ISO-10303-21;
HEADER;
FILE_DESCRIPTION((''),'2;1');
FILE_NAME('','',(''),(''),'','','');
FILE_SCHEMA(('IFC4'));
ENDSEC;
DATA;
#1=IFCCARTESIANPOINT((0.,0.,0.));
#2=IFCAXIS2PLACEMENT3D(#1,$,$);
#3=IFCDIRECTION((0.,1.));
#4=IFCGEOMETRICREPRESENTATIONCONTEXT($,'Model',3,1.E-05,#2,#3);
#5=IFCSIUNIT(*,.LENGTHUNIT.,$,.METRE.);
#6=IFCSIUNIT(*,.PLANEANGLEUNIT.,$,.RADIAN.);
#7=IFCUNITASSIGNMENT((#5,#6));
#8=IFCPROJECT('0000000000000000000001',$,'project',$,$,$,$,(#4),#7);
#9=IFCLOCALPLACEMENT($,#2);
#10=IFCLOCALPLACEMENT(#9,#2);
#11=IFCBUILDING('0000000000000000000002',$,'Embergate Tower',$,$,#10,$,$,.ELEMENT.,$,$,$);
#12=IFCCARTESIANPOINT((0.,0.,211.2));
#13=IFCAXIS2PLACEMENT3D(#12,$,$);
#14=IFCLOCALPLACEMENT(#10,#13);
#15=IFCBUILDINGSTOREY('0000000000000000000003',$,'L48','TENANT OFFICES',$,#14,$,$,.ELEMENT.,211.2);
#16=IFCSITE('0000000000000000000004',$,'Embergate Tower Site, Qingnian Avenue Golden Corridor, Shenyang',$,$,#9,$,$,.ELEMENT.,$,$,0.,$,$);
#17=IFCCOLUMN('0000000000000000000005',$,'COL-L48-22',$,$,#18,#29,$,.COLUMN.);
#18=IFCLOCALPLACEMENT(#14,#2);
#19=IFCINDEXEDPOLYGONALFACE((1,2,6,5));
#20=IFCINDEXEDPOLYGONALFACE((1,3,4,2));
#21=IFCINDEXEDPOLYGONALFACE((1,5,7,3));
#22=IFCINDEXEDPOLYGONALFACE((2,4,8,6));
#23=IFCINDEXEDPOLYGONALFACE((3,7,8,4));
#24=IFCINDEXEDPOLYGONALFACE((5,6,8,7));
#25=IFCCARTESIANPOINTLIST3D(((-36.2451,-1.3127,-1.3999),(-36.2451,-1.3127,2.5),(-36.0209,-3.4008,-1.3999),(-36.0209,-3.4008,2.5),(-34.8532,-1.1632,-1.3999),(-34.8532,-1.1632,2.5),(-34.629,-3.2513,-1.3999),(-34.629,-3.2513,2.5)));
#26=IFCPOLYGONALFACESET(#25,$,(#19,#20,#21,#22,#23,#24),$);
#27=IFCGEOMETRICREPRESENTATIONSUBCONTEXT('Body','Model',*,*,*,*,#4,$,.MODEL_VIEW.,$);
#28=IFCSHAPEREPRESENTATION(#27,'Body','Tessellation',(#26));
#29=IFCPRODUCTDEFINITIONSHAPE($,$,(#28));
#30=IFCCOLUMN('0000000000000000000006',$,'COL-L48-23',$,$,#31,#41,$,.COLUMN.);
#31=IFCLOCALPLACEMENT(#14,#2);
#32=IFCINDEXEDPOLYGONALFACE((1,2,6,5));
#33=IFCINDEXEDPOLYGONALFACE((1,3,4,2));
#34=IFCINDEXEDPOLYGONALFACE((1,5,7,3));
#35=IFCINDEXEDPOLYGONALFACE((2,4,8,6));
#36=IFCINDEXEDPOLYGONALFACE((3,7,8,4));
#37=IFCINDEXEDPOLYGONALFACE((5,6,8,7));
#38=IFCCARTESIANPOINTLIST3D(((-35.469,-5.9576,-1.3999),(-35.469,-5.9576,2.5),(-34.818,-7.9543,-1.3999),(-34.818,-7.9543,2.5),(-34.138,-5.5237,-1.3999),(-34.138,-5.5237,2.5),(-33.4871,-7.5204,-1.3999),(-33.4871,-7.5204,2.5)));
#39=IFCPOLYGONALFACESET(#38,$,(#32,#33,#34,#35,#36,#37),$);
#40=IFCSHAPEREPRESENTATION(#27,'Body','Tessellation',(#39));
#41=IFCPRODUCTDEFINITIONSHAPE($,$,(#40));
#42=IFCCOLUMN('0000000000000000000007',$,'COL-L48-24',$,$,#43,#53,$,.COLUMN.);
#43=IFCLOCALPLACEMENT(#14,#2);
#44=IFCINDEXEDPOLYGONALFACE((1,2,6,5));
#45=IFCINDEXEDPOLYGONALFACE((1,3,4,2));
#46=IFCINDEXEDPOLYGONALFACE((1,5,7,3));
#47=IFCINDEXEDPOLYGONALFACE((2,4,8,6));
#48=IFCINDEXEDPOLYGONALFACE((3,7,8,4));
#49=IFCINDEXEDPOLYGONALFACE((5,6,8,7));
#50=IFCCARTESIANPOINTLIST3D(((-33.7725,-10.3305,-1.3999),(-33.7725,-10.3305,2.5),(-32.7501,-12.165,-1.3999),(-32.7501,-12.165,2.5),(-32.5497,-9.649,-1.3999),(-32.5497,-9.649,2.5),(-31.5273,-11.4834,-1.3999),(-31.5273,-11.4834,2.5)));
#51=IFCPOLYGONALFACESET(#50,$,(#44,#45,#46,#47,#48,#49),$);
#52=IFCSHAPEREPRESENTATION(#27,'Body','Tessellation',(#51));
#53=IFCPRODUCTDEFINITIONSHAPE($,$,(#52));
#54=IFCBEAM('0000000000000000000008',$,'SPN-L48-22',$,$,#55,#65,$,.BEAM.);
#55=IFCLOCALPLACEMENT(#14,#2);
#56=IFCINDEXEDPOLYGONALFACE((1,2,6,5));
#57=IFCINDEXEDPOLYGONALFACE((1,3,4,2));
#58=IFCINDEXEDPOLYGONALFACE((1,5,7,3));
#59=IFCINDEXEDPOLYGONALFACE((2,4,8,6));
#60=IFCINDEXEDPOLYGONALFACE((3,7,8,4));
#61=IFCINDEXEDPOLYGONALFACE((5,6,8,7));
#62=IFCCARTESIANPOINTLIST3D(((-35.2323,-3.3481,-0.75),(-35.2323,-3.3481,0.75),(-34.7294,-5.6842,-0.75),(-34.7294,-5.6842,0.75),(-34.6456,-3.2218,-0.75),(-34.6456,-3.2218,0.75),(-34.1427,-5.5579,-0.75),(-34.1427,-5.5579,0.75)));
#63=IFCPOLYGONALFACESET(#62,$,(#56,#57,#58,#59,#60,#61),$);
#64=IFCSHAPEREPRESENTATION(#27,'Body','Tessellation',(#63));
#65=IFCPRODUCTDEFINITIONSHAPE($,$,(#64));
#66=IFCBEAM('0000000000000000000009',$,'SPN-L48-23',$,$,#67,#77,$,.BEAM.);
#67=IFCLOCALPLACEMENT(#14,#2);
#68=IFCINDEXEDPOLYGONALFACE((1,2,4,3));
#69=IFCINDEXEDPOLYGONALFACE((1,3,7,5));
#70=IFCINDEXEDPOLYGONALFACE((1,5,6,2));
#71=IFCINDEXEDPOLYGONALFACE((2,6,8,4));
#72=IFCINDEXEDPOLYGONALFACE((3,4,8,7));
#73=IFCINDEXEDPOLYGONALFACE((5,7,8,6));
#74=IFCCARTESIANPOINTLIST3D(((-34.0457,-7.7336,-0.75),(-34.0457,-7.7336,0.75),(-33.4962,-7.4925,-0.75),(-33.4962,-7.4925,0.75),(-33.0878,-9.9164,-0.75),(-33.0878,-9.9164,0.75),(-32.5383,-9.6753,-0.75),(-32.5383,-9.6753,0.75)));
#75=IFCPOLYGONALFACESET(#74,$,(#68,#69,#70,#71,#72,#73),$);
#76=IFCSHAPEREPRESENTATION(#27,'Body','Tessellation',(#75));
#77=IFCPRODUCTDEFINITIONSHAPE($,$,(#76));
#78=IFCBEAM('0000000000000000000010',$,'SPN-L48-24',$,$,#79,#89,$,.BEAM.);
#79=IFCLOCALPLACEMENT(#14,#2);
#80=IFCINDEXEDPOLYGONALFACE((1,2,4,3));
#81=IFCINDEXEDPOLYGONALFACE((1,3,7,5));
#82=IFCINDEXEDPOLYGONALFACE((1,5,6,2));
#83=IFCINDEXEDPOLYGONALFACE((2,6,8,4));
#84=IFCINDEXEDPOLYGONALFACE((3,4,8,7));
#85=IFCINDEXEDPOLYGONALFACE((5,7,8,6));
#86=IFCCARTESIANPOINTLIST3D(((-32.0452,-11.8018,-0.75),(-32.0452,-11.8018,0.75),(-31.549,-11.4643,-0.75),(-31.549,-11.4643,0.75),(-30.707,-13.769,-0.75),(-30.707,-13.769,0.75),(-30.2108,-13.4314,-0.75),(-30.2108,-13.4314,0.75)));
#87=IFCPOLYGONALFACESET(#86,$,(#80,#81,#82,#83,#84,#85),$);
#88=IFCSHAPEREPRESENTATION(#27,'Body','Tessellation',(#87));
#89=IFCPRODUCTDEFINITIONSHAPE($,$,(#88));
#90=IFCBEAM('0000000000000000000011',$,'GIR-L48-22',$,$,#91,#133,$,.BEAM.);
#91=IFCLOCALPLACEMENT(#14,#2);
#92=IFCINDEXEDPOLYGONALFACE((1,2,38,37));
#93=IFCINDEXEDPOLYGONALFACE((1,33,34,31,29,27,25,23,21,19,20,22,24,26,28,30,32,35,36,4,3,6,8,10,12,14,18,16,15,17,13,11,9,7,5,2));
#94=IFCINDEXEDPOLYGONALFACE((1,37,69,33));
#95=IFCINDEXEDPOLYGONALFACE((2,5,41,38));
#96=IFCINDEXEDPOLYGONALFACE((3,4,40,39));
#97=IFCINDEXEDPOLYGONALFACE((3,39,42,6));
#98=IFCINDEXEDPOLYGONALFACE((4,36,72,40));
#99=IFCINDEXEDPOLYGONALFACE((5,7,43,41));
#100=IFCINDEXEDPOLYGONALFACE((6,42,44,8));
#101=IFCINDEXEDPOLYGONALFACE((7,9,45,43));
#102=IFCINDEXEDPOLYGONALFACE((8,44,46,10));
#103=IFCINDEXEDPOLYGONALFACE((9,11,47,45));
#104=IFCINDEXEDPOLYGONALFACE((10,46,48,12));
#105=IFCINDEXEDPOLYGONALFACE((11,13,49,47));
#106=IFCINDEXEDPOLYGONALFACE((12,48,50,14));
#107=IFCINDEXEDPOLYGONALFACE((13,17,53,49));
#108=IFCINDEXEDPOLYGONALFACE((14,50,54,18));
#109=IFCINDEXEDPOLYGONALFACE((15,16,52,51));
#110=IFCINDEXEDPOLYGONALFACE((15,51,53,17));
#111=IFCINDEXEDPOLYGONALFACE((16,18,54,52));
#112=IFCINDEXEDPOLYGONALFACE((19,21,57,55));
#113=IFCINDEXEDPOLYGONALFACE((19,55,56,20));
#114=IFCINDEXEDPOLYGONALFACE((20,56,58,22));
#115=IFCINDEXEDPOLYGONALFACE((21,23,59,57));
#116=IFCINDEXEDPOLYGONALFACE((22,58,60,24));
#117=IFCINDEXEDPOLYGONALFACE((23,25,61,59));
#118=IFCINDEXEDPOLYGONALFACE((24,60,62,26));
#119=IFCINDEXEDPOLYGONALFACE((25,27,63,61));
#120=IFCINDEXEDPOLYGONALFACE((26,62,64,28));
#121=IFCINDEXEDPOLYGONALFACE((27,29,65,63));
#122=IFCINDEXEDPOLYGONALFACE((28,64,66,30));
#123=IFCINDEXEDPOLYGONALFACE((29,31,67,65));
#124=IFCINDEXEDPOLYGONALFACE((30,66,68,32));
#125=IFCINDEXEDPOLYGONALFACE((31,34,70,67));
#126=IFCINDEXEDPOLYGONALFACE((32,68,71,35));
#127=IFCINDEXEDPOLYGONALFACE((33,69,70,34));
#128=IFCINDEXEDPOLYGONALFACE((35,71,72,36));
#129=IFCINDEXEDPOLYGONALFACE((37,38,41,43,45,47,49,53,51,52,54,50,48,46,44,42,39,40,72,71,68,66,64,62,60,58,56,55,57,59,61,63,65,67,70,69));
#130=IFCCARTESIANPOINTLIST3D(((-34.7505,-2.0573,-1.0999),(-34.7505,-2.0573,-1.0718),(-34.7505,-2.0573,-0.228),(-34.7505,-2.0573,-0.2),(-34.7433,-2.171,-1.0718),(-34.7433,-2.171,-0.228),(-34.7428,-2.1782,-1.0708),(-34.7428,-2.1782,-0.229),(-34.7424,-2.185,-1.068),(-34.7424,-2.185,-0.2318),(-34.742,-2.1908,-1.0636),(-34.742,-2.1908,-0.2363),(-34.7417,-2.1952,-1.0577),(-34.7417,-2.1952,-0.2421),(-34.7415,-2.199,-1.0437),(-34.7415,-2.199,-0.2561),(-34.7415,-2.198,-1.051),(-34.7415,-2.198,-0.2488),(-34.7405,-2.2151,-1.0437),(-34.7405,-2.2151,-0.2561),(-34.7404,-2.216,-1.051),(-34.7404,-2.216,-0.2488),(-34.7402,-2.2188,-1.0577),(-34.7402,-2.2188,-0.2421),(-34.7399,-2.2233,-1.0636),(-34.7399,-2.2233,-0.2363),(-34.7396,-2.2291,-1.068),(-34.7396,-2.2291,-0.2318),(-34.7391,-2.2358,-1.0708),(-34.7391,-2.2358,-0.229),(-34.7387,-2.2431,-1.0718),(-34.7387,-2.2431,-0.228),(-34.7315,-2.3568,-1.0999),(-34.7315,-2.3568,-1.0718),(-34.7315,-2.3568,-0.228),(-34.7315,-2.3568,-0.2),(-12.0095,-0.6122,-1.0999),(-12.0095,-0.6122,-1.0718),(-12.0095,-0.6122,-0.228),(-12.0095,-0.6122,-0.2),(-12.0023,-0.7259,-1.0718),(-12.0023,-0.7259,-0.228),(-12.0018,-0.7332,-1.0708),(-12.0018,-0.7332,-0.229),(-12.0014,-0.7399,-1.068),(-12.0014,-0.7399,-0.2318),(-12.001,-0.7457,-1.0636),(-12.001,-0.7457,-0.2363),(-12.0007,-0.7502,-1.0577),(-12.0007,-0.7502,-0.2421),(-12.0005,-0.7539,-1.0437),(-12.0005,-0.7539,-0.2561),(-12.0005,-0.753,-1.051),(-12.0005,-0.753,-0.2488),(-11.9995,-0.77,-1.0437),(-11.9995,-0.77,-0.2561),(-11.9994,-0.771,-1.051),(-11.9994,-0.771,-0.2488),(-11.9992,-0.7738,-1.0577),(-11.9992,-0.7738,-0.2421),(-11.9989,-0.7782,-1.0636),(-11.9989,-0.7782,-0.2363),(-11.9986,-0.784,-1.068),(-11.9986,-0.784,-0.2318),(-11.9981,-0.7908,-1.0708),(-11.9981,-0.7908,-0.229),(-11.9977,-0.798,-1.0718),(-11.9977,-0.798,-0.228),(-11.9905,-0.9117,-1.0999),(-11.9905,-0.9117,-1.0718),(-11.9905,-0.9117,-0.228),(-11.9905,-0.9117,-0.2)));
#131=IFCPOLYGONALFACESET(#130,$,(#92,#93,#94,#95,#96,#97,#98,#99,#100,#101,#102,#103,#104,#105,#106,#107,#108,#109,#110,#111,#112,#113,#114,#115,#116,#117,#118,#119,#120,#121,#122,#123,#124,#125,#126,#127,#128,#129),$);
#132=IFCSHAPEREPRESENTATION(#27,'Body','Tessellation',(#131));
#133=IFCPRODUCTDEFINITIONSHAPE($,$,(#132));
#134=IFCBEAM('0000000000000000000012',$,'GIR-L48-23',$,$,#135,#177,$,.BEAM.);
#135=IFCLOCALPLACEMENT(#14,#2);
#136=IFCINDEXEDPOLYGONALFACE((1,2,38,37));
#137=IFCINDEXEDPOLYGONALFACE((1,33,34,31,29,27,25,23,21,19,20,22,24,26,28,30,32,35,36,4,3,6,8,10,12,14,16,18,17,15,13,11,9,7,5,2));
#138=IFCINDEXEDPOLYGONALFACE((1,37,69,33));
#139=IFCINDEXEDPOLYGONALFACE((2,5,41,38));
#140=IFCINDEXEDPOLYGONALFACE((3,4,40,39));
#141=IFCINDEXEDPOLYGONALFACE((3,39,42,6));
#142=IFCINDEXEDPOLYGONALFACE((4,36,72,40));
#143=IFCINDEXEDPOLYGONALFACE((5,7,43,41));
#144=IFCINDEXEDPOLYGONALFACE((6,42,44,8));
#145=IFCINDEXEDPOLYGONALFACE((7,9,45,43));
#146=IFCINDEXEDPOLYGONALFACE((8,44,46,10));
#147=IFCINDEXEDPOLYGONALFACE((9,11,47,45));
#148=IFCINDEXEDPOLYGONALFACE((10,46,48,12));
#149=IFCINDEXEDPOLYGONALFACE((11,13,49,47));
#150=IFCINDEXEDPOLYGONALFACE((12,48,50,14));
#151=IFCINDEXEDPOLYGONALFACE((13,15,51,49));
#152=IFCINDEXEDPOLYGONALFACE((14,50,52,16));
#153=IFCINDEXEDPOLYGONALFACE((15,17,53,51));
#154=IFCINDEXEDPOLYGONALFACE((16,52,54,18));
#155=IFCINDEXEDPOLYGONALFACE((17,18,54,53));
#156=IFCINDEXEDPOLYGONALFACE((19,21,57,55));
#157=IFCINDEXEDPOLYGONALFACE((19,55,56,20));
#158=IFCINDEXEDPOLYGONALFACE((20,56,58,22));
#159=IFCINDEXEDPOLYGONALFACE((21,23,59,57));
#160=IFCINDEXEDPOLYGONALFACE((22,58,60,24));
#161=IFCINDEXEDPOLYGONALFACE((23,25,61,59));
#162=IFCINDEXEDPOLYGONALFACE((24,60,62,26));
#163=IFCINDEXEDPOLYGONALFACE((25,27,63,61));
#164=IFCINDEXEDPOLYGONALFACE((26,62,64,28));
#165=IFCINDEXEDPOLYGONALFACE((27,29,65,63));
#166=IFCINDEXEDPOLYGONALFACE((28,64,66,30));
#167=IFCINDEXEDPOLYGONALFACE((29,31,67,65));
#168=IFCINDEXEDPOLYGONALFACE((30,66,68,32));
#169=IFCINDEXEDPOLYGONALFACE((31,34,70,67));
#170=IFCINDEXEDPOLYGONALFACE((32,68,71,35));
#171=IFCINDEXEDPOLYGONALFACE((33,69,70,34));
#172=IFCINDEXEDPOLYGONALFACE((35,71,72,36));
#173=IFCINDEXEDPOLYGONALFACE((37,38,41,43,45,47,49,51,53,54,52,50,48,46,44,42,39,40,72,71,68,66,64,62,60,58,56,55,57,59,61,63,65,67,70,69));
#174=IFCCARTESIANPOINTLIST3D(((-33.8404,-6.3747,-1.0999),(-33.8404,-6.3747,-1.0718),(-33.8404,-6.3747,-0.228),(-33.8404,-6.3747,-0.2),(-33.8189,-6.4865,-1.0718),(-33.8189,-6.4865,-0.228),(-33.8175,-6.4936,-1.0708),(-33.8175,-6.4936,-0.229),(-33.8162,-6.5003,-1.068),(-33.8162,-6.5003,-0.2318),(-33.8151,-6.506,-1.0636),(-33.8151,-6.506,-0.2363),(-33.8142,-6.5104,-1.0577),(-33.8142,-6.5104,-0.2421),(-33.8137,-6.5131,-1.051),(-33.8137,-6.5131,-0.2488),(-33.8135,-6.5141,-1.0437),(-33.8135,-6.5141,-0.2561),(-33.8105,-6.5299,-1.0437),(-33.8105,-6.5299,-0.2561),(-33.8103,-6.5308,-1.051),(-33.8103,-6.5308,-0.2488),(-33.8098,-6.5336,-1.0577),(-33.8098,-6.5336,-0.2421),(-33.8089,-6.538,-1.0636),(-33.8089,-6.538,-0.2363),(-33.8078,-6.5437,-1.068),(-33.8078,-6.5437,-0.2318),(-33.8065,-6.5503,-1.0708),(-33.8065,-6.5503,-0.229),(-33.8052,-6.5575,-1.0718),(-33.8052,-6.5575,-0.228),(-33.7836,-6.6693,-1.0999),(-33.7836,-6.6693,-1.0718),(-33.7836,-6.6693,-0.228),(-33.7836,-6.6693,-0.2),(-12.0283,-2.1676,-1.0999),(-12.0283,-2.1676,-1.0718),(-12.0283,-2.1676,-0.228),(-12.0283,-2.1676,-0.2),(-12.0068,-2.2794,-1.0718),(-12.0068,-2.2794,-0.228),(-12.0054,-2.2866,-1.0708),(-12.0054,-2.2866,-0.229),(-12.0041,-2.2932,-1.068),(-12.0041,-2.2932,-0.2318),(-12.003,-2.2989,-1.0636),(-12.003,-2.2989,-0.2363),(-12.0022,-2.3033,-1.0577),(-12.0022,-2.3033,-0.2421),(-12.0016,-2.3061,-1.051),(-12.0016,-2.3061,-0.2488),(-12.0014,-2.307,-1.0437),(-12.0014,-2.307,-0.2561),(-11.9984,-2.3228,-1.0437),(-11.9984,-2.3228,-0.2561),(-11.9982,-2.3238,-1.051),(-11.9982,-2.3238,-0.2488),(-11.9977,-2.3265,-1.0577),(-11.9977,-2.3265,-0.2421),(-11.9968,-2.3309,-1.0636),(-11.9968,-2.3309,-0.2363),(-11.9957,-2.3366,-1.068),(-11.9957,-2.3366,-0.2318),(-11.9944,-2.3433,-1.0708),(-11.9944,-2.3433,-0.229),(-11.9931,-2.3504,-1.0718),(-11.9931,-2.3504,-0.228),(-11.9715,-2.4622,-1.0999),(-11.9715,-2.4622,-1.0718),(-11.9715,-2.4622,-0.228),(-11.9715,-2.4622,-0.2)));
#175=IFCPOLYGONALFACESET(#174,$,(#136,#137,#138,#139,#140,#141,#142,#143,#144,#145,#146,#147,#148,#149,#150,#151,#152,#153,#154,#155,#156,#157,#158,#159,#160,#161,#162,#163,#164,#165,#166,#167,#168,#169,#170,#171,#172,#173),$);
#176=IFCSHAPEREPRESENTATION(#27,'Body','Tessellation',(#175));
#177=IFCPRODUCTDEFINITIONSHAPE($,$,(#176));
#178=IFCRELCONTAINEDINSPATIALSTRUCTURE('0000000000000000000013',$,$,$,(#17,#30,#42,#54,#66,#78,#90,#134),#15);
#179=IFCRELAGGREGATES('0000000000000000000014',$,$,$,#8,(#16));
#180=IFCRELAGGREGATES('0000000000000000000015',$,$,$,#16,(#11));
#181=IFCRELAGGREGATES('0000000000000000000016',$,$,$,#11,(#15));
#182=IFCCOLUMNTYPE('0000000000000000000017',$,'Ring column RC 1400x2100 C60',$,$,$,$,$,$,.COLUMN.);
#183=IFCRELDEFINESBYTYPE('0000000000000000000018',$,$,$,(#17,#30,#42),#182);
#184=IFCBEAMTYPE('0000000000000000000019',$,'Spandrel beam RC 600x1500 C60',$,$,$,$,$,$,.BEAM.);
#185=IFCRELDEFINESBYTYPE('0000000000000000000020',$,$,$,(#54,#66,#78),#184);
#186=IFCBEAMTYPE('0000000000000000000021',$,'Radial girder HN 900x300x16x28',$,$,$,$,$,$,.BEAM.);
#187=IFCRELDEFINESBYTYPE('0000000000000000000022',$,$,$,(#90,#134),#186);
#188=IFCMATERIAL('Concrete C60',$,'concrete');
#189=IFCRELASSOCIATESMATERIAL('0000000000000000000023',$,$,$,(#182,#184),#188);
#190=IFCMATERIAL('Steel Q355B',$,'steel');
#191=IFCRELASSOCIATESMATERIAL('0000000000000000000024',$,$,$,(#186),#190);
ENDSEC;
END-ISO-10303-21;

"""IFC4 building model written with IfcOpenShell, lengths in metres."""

from ifc_helpers import new_model, si_unit, direction, frame, origin, origin_2d, place, context, subcontext, project, spatial, rectangle, i_section, extrude, source, transform, mapped, material, material_profile, profile_set, type_object, element, save


model = new_model("IFC4")

# Units and contexts
model_context = context("Model", 3, precision=1e-05, world=origin(), true_north=direction((0.0, 1.0)))
body_context = subcontext(model_context, "Body", "Model", "MODEL_VIEW")
ifc_project = project(units=[si_unit("LENGTHUNIT", "METRE"), si_unit("PLANEANGLEUNIT", "RADIAN")], contexts=[model_context])

# Site, building, storey
site_placement = place(None, origin())
site = spatial("IfcSite", under=ifc_project, at=site_placement, Name="Embergate Tower Site, Qingnian Avenue Golden Corridor, Shenyang", CompositionType="ELEMENT", RefElevation=0.0)
building_placement = place(site_placement, origin())
building = spatial("IfcBuilding", under=site, at=building_placement, Name="Embergate Tower", CompositionType="ELEMENT")
storey_placement = place(building_placement, frame((0.0, 0.0, 211.2)))
storey = spatial("IfcBuildingStorey", under=building, at=storey_placement, Name="L48", Description="TENANT OFFICES", CompositionType="ELEMENT", Elevation=211.2)

# Columns
ifc_material_1 = material(Name="Concrete C60", Category="concrete")
ifc_material_profile_1 = material_profile(ifc_material_1, rectangle(XDim=1.3999, YDim=2.1001, at=origin_2d()), Name="RC 1400x2100")
ifc_profile_set_1 = profile_set([ifc_material_profile_1], Name="Concrete C60")
column_type = type_object("IfcColumnType", Name="Ring column RC 1400x2100 C60", PredefinedType="COLUMN", material=ifc_profile_set_1)
shared_shape_1 = source(origin(), body_context, "Body", "SweptSolid", [
    extrude(rectangle(XDim=1.3999, YDim=2.1001, at=origin_2d()), origin(), (0.0, 0.0, 1.0), 3.8999),
])
for number, where, z_axis, x_axis, name in (
    (1, (-35.437, -2.282, -1.3999), (0.0, 0.0, 1.0), (-0.994286, -0.10675, 0.0), "COL-L48-22"),
    (2, (-34.478, -6.739, -1.3999), (0.0, 0.0, 1.0), (-0.950754, -0.309946, 0.0), "COL-L48-23"),
    (3, (-32.6499, -10.907, -1.3999), (0.0, 0.0, 1.0), (-0.8735, -0.486823, 0.0), "COL-L48-24"),
):
    element("IfcColumn", number, at=place(storey_placement, frame(where, z_axis=z_axis, x_axis=x_axis)), inside=storey, type_object=column_type, Name=name, PredefinedType="COLUMN", context=body_context, shape_type="MappedRepresentation", body=[
        mapped(shared_shape_1, transform((0.0, 0.0, 0.0))),
    ])

# Beams
ifc_material_profile_2 = material_profile(ifc_material_1, rectangle(XDim=0.6001, YDim=1.5, at=origin_2d()), Name="RC 600x1500")
ifc_profile_set_2 = profile_set([ifc_material_profile_2], Name="Concrete C60")
beam_type_1 = type_object("IfcBeamType", Name="Spandrel beam RC 600x1500 C60", PredefinedType="BEAM", material=ifc_profile_set_2)
shared_shape_2 = source(origin(), body_context, "Body", "SweptSolid", [
    extrude(rectangle(XDim=0.6001, YDim=1.5, at=origin_2d()), origin(), (0.0, 0.0, 1.0), 2.3896),
])
beam_1_placement = place(storey_placement, frame((-34.939, -3.2849, 0.0), z_axis=(0.210457, -0.977603, 0.0), x_axis=(0.977603, 0.210457, 0.0)))
element("IfcBeam", 4, at=beam_1_placement, inside=storey, type_object=beam_type_1, Name="SPN-L48-22", PredefinedType="BEAM", context=body_context, shape_type="MappedRepresentation", body=[
    mapped(shared_shape_2, transform((0.0, 0.0, 0.0))),
])
shared_shape_3 = source(origin(), body_context, "Body", "SweptSolid", [
    extrude(rectangle(XDim=0.6001, YDim=1.5, at=origin_2d()), origin(), (0.0, 0.0, 1.0), 2.3838),
])
beam_2_placement = place(storey_placement, frame((-33.771, -7.613, 0.0), z_axis=(0.401877, -0.915694, 0.0), x_axis=(0.915694, 0.401877, 0.0)))
element("IfcBeam", 5, at=beam_2_placement, inside=storey, type_object=beam_type_1, Name="SPN-L48-23", PredefinedType="BEAM", context=body_context, shape_type="MappedRepresentation", body=[
    mapped(shared_shape_3, transform((0.0, 0.0, 0.0))),
])
shared_shape_4 = source(origin(), body_context, "Body", "SweptSolid", [
    extrude(rectangle(XDim=0.6001, YDim=1.5, at=origin_2d()), origin(), (0.0, 0.0, 1.0), 2.3792),
])
beam_3_placement = place(storey_placement, frame((-31.7971, -11.6331, 0.0), z_axis=(0.562467, -0.82682, 0.0), x_axis=(0.82682, 0.562467, 0.0)))
element("IfcBeam", 6, at=beam_3_placement, inside=storey, type_object=beam_type_1, Name="SPN-L48-24", PredefinedType="BEAM", context=body_context, shape_type="MappedRepresentation", body=[
    mapped(shared_shape_4, transform((0.0, 0.0, 0.0))),
])
ifc_material_2 = material(Name="Steel Q355B", Category="steel")
ifc_material_profile_3 = material_profile(ifc_material_2, i_section(OverallWidth=0.3, OverallDepth=0.8999, WebThickness=0.0161, FlangeThickness=0.0281, FilletRadius=0.0281, at=origin_2d()), Name="HN 900x300x16x28")
ifc_profile_set_3 = profile_set([ifc_material_profile_3], Name="Steel Q355 grade B")
beam_type_2 = type_object("IfcBeamType", Name="Radial girder HN 900x300x16x28", PredefinedType="BEAM", material=ifc_profile_set_3)
shared_shape_5 = source(origin(), body_context, "Body", "SweptSolid", [
    extrude(i_section(OverallWidth=0.3, OverallDepth=0.8999, WebThickness=0.0161, FlangeThickness=0.0281, FilletRadius=0.0281, at=origin_2d()), origin(), (0.0, 0.0, 1.0), 22.7869),
])
beam_4_placement = place(storey_placement, frame((-34.741, -2.207, -0.6499), z_axis=(0.997987, 0.063417, 0.0), x_axis=(-0.063417, 0.997987, 0.0)))
element("IfcBeam", 7, at=beam_4_placement, inside=storey, type_object=beam_type_2, Name="GIR-L48-22", PredefinedType="BEAM", context=body_context, shape_type="MappedRepresentation", body=[
    mapped(shared_shape_5, transform((0.0, 0.0, 0.0))),
])
shared_shape_6 = source(origin(), body_context, "Body", "SweptSolid", [
    extrude(i_section(OverallWidth=0.3, OverallDepth=0.8999, WebThickness=0.0161, FlangeThickness=0.0281, FilletRadius=0.0281, at=origin_2d()), origin(), (0.0, 0.0, 1.0), 22.2141),
])
beam_5_placement = place(storey_placement, frame((-33.812, -6.522, -0.6499), z_axis=(0.981903, 0.189386, 0.0), x_axis=(-0.189386, 0.981903, 0.0)))
element("IfcBeam", 8, at=beam_5_placement, inside=storey, type_object=beam_type_2, Name="GIR-L48-23", PredefinedType="BEAM", context=body_context, shape_type="MappedRepresentation", body=[
    mapped(shared_shape_6, transform((0.0, 0.0, 0.0))),
])

save(model, "model.ifc")
